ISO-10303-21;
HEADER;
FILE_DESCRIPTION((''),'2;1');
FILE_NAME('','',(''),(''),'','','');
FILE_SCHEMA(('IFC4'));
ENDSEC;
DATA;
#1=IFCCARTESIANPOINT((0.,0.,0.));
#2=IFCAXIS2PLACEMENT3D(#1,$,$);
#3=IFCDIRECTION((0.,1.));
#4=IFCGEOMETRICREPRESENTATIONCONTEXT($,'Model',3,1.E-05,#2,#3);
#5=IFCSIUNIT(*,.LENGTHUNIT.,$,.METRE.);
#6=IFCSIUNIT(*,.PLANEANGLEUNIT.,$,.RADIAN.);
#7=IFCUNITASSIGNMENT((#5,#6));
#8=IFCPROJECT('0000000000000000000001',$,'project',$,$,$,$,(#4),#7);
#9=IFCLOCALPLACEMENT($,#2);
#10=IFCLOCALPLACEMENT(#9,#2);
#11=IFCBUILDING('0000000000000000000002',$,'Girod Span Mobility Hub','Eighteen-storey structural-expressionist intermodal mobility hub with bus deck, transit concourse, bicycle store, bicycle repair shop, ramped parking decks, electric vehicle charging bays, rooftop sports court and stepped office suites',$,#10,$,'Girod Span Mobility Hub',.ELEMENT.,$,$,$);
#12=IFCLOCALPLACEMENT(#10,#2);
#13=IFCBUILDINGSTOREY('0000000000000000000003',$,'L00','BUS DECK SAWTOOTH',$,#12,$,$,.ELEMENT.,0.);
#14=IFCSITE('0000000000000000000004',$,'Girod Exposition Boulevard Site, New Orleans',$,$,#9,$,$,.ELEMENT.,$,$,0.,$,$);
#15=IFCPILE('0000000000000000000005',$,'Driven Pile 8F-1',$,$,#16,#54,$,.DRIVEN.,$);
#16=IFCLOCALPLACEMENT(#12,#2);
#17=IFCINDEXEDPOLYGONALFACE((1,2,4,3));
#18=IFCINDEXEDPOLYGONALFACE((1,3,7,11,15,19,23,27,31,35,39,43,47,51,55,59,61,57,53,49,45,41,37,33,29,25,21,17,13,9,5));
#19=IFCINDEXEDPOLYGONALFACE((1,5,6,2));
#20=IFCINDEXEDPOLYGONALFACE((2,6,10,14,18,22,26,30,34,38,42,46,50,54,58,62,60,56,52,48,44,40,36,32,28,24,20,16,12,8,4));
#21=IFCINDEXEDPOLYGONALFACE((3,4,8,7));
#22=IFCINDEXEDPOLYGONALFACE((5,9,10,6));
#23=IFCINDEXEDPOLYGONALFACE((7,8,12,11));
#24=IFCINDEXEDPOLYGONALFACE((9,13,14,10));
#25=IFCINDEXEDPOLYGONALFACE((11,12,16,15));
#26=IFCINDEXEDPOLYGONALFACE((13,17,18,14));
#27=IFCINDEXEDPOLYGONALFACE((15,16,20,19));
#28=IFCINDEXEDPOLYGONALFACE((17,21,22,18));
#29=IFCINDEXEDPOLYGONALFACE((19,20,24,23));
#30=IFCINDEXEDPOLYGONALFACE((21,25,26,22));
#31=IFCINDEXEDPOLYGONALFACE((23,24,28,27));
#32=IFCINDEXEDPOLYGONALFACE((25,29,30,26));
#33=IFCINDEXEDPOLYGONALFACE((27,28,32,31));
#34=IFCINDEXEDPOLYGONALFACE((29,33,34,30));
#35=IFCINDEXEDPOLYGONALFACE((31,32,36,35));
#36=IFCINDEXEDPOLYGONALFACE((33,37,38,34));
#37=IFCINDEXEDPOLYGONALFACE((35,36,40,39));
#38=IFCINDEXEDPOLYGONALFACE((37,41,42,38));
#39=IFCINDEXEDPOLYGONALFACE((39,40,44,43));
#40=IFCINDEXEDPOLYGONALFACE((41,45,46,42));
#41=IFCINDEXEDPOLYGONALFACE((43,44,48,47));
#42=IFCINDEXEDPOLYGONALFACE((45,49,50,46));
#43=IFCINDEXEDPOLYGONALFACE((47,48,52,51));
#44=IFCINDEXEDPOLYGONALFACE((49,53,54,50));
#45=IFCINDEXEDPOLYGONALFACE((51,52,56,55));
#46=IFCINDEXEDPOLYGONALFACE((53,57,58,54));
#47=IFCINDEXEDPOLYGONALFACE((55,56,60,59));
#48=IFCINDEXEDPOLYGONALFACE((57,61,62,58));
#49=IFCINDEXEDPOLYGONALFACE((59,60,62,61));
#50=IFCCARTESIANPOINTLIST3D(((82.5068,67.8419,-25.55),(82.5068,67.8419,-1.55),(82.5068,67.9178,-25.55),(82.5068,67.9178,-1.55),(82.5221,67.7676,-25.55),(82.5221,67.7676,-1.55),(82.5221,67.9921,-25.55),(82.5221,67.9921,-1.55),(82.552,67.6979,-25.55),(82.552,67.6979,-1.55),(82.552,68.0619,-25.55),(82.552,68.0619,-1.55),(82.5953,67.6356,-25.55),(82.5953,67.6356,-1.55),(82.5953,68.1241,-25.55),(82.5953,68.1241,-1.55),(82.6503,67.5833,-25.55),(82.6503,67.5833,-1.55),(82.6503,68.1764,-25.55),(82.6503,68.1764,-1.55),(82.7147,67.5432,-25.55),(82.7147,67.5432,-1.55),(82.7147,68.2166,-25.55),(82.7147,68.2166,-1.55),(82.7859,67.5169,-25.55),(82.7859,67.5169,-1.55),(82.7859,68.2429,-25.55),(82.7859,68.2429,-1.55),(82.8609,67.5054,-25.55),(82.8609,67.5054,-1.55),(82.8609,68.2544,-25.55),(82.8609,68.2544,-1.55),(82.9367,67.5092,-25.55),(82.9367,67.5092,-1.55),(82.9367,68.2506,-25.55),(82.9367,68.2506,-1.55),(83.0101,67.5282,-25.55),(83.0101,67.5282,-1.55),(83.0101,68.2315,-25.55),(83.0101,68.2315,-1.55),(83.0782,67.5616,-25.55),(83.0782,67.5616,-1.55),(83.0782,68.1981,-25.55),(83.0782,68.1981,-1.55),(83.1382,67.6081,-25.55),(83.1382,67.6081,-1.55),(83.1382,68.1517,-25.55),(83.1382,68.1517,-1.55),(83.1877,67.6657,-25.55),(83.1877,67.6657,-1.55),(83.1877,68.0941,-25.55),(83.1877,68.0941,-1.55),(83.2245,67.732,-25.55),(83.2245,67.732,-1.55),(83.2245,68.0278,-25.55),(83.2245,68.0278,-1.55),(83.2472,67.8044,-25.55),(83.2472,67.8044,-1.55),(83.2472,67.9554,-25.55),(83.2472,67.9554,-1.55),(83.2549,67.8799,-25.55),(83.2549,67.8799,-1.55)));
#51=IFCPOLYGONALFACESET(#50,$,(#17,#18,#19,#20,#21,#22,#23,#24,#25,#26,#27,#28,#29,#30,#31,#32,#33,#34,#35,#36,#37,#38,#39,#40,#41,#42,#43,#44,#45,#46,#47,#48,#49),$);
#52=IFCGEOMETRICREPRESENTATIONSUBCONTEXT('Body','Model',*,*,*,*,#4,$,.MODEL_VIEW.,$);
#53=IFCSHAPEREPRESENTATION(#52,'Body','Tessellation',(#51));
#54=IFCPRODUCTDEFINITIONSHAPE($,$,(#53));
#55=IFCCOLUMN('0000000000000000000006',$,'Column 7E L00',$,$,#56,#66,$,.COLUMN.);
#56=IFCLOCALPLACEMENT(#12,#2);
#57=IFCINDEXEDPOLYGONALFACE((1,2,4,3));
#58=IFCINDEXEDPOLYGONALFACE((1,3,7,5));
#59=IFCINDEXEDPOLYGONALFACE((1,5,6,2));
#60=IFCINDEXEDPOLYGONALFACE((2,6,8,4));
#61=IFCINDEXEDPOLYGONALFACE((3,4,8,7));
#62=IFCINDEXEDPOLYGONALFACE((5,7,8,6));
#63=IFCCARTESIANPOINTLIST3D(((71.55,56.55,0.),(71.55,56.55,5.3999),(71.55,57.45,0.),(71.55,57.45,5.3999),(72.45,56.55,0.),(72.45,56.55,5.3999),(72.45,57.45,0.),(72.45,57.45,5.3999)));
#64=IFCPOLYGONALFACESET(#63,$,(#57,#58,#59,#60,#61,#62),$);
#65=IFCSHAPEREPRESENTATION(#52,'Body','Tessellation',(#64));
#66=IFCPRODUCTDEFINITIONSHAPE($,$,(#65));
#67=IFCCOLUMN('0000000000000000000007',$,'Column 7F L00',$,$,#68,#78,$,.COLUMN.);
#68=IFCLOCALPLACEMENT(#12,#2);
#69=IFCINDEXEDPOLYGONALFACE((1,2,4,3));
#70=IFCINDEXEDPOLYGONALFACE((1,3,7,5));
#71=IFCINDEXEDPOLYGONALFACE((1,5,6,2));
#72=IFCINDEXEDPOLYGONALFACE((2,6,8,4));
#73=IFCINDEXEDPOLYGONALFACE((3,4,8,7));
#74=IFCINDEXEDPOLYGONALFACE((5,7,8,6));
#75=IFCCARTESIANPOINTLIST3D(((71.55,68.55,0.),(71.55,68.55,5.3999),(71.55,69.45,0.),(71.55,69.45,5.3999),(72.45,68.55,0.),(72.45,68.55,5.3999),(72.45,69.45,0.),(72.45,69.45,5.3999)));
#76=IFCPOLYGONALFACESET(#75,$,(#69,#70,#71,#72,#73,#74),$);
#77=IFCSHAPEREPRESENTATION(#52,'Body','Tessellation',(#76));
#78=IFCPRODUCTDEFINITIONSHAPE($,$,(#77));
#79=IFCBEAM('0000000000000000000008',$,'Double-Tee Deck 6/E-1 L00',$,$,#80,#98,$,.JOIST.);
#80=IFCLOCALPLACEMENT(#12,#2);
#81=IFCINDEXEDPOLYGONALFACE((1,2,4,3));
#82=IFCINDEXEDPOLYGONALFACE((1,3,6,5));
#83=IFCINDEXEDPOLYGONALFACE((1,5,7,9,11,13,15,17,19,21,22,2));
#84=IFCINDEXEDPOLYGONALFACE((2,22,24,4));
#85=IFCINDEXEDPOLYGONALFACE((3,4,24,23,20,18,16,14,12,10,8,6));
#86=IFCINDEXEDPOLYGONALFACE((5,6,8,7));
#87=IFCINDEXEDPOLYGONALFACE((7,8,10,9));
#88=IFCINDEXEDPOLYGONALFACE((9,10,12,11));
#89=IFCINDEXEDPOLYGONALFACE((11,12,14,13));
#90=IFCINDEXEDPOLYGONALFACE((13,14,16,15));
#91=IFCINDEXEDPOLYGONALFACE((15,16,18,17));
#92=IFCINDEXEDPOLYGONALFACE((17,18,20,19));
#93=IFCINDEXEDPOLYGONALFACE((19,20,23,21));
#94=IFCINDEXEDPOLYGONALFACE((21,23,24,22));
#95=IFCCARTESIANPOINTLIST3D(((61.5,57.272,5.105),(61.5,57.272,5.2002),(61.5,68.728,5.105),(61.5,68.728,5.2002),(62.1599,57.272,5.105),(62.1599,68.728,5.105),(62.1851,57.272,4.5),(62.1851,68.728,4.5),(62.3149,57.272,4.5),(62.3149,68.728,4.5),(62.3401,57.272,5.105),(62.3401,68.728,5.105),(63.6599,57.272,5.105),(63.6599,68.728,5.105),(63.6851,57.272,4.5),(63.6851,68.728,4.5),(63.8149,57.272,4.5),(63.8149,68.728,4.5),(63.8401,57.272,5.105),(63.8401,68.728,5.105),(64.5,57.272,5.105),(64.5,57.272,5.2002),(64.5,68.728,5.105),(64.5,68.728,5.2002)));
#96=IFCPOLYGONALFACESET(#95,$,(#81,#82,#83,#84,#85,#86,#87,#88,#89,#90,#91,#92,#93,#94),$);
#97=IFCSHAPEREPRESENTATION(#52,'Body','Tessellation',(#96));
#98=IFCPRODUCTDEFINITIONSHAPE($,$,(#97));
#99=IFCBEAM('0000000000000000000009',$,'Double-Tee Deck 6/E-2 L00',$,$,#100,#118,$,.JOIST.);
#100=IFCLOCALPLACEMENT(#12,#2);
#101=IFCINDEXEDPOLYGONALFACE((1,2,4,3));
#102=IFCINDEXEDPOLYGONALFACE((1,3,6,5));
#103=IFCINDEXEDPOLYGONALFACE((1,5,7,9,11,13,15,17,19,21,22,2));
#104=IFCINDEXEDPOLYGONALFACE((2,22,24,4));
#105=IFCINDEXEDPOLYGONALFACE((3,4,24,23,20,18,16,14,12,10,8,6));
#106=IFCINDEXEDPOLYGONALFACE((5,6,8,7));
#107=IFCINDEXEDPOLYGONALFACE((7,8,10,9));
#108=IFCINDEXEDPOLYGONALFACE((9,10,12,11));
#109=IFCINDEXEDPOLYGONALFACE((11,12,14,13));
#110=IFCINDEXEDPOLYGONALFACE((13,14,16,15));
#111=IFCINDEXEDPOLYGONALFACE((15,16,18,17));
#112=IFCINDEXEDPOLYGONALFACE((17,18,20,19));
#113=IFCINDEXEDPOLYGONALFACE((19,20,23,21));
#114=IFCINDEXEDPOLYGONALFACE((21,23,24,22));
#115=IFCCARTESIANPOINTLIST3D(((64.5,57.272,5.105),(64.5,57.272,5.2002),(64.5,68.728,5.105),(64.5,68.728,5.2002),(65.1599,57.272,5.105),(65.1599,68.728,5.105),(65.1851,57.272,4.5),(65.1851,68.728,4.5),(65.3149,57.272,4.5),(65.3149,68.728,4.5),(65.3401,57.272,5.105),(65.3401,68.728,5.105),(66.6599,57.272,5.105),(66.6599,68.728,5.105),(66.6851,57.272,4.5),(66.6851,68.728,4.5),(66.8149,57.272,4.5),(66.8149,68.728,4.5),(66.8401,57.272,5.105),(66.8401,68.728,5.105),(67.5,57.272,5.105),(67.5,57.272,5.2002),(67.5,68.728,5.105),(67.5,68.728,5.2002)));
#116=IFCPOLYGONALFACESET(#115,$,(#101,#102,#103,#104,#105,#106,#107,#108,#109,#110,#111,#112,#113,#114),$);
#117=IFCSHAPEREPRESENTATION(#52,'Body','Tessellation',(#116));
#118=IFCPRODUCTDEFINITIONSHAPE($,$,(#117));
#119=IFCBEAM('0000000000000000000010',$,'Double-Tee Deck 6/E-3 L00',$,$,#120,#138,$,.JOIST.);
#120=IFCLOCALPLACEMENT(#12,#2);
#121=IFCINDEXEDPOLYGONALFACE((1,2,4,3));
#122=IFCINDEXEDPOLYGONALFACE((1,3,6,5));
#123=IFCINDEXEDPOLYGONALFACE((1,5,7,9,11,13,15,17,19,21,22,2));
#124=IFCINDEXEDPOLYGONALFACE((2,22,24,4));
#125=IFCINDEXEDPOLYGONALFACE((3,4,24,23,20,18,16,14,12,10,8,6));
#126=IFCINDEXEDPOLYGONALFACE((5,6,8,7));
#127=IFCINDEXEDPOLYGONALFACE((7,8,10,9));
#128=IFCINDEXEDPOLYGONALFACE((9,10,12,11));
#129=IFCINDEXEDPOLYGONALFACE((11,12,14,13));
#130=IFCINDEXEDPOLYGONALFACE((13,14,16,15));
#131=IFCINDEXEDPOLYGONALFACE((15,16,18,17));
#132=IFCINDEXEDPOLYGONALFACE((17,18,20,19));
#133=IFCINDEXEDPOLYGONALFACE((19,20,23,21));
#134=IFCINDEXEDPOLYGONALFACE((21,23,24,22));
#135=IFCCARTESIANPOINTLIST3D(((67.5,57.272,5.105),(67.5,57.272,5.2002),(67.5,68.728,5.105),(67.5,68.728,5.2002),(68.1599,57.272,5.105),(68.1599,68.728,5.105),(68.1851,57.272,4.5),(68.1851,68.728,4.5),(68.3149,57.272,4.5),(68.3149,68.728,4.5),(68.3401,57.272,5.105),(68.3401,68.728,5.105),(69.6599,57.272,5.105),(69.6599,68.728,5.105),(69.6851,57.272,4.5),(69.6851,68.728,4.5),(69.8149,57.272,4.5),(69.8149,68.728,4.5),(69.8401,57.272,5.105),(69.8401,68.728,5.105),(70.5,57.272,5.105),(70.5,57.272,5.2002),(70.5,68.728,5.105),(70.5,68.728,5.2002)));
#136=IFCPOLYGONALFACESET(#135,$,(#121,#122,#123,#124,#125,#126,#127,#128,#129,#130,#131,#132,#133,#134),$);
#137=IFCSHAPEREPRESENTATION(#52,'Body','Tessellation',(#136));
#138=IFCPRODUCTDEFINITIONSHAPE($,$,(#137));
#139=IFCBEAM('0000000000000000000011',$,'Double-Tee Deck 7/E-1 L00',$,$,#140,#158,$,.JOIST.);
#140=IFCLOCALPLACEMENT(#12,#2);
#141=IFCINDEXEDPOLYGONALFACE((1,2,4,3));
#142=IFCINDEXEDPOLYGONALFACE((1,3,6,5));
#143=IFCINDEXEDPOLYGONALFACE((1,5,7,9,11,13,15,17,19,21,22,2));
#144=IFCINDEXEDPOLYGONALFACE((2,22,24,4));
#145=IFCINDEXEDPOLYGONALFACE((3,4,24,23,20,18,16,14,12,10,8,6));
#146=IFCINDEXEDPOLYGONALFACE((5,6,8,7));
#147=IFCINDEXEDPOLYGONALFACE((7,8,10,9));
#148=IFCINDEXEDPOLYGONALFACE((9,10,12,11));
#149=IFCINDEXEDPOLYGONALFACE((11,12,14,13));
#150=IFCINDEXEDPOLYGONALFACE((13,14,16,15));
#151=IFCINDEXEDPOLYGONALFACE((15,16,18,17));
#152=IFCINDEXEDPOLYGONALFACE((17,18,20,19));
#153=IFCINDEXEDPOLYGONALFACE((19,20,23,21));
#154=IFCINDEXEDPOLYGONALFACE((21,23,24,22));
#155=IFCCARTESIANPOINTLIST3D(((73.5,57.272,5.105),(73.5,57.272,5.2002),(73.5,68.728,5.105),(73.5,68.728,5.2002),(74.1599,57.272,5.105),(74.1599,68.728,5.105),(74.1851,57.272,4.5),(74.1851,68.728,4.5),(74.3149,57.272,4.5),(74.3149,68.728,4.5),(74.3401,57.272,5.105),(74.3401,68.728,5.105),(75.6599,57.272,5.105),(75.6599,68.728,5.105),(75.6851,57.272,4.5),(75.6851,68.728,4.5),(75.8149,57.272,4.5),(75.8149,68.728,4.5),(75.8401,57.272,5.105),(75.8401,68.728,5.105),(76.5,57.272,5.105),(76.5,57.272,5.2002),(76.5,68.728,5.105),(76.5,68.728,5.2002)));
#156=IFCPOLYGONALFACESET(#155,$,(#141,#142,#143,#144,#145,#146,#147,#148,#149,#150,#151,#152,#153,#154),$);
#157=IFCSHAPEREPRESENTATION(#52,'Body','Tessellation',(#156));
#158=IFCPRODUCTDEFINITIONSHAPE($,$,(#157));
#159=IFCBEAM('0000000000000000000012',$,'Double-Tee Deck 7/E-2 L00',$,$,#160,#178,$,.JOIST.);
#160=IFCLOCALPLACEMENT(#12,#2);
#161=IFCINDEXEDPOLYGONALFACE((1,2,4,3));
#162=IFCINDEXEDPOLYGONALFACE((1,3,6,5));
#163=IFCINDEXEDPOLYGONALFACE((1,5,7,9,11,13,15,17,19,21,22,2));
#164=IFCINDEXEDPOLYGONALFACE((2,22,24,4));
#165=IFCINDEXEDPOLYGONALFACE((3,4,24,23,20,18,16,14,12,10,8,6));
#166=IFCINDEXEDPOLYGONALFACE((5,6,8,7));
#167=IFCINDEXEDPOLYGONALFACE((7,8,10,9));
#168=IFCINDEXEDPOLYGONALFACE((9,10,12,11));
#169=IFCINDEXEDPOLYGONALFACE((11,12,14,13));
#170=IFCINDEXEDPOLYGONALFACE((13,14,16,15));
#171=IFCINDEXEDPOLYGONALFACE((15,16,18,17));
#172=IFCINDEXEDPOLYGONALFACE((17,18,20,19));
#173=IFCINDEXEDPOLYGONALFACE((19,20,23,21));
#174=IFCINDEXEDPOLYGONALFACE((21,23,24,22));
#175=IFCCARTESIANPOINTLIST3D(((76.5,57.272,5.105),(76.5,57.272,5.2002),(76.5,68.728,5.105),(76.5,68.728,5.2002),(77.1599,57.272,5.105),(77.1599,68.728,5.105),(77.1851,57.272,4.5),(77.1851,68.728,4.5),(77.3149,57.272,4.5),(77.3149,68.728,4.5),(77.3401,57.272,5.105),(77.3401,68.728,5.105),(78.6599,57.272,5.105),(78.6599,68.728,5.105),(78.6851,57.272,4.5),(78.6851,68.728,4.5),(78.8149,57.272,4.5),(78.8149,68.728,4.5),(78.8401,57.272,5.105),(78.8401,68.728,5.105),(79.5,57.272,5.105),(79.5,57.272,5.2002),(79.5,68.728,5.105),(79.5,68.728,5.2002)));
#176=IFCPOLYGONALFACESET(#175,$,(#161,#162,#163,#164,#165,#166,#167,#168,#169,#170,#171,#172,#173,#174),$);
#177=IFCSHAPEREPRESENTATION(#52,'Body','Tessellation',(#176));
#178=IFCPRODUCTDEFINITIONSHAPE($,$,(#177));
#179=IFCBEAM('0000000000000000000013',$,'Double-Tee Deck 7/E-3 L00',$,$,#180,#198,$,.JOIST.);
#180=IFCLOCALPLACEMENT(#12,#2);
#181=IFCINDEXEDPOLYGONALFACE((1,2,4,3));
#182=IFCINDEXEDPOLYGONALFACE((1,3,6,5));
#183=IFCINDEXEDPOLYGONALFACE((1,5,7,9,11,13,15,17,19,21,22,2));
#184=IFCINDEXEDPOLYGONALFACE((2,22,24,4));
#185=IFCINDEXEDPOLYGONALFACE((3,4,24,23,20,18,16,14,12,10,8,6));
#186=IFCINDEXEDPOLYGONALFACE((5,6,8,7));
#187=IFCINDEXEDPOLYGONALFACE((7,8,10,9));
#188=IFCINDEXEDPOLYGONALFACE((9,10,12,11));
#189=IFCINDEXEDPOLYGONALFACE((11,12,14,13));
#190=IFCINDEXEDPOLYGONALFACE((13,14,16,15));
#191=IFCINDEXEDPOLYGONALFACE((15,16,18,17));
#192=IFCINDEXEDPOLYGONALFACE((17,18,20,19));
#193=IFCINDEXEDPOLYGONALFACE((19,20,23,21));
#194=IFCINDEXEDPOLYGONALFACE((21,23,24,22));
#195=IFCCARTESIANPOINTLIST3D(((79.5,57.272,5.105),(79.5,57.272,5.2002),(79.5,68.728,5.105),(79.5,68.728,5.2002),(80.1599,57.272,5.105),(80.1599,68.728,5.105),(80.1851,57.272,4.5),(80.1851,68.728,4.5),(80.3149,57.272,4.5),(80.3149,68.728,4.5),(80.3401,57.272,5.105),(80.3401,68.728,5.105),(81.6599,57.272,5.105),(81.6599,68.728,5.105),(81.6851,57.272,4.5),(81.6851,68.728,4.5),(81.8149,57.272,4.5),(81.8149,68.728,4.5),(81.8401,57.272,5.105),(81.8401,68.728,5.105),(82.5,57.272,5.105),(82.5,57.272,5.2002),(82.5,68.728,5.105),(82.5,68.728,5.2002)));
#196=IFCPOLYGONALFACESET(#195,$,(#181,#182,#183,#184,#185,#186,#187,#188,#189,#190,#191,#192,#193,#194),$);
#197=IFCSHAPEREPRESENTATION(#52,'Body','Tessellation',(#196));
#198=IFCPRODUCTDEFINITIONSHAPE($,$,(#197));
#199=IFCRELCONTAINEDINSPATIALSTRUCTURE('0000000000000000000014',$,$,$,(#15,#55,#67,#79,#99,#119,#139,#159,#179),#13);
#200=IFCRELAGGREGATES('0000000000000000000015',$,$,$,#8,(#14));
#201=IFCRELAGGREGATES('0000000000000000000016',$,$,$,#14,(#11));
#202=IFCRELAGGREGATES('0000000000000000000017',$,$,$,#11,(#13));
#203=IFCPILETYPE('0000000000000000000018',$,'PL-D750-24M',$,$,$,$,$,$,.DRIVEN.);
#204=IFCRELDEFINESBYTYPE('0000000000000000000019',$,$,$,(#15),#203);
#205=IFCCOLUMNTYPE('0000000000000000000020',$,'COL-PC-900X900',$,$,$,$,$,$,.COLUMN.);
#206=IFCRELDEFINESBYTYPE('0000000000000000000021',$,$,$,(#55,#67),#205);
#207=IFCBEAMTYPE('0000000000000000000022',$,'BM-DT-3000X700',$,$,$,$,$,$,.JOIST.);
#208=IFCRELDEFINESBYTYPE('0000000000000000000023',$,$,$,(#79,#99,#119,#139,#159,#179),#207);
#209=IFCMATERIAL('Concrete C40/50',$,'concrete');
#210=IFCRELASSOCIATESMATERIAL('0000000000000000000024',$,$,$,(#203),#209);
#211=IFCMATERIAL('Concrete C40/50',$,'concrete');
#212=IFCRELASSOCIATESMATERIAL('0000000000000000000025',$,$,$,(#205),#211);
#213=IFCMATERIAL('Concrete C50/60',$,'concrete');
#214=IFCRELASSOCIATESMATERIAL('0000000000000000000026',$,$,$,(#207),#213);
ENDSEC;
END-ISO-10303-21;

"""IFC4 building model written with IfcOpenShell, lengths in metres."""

from ifc_helpers import new_model, si_unit, direction, frame, origin, origin_2d, place, context, subcontext, project, spatial, polyline, rectangle, circle, outline, extrude, material, material_profile, profile_set, type_object, element, save


model = new_model("IFC4")

# Units and contexts
model_context = context("Model", 3, precision=1e-05, world=origin(), true_north=direction((0.0, 1.0)))
body_context = subcontext(model_context, "Body", "Model", "MODEL_VIEW")
ifc_project = project(units=[si_unit("LENGTHUNIT", "METRE"), si_unit("PLANEANGLEUNIT", "RADIAN")], contexts=[model_context])

# Site, building, storey
site_placement = place(None, origin())
site = spatial("IfcSite", under=ifc_project, at=site_placement, Name="Girod Exposition Boulevard Site, New Orleans", CompositionType="ELEMENT", RefElevation=0.0)
building_placement = place(site_placement, origin())
building = spatial("IfcBuilding", under=site, at=building_placement, Name="Girod Span Mobility Hub", Description="Eighteen-storey structural-expressionist intermodal mobility hub with bus deck, transit concourse, bicycle store, bicycle repair shop, ramped parking decks, electric vehicle charging bays, rooftop sports court and stepped office suites", LongName="Girod Span Mobility Hub", CompositionType="ELEMENT")
storey_placement = place(building_placement, origin())
storey = spatial("IfcBuildingStorey", under=building, at=storey_placement, Name="L00", Description="BUS DECK SAWTOOTH", CompositionType="ELEMENT", Elevation=0.0)

# Pile
ifc_material_1 = material(Name="Concrete C40/50", Category="concrete")
ifc_material_profile_1 = material_profile(ifc_material_1, circle(Radius=0.375, at=origin_2d()), Name="PILE-D750")
ifc_profile_set_1 = profile_set([ifc_material_profile_1], Name="Concrete C40/50")
pile_type = type_object("IfcPileType", Name="PL-D750-24M", PredefinedType="DRIVEN", material=ifc_profile_set_1)
for number, where, z_axis, x_axis, name in (
    (1, (82.8799, 67.8799, -1.55), (0.0, 0.0, -1.0), (1.0, 0.0, 0.0), "Driven Pile 8F-1"),
):
    element("IfcPile", number, at=place(storey_placement, frame(where, z_axis=z_axis, x_axis=x_axis)), inside=storey, type_object=pile_type, Name=name, PredefinedType="DRIVEN", context=body_context, shape_type="SweptSolid", body=[
        extrude(circle(Radius=0.375, at=origin_2d()), origin(), (0.0, 0.0, 1.0), 24.0),
    ])

# Columns
ifc_material_2 = material(Name="Concrete C40/50", Category="concrete")
ifc_material_profile_2 = material_profile(ifc_material_2, rectangle(XDim=0.8999, YDim=0.8999, at=origin_2d()), Name="PC-COL-900X900")
ifc_profile_set_2 = profile_set([ifc_material_profile_2], Name="Concrete C40/50")
column_type = type_object("IfcColumnType", Name="COL-PC-900X900", PredefinedType="COLUMN", material=ifc_profile_set_2)
for number, where, z_axis, x_axis, name in (
    (2, (72.0, 57.0, 0.0), (0.0, 0.0, 1.0), (1.0, 0.0, 0.0), "Column 7E L00"),
    (3, (72.0, 69.0, 0.0), (0.0, 0.0, 1.0), (1.0, 0.0, 0.0), "Column 7F L00"),
):
    element("IfcColumn", number, at=place(storey_placement, frame(where, z_axis=z_axis, x_axis=x_axis)), inside=storey, type_object=column_type, Name=name, PredefinedType="COLUMN", context=body_context, shape_type="SweptSolid", body=[
        extrude(rectangle(XDim=0.8999, YDim=0.8999, at=origin_2d()), origin(), (0.0, 0.0, 1.0), 5.3999),
    ])

# Beams
ifc_material_3 = material(Name="Concrete C50/60", Category="concrete")
ifc_material_profile_3 = material_profile(ifc_material_3, outline(polyline([(-1.5, 0.3501), (-1.5, 0.2549), (-0.8401, 0.2549), (-0.8149, -0.3501), (-0.6851, -0.3501), (-0.6599, 0.2549), (0.6599, 0.2549), (0.6851, -0.3501), (0.8149, -0.3501), (0.8401, 0.2549), (1.5, 0.2549), (1.5, 0.3501), (-1.5, 0.3501)])), Name="DT-3000X700")
ifc_profile_set_3 = profile_set([ifc_material_profile_3], Name="Concrete C50/60")
beam_type_1 = type_object("IfcBeamType", Name="BM-DT-3000X700", PredefinedType="JOIST", material=ifc_profile_set_3)
for number, where, z_axis, x_axis, name in (
    (4, (63.0, 57.272, 4.8501), (0.0, 1.0, 0.0), (-1.0, 0.0, 0.0), "Double-Tee Deck 6/E-1 L00"),
    (5, (66.0, 57.272, 4.8501), (0.0, 1.0, 0.0), (-1.0, 0.0, 0.0), "Double-Tee Deck 6/E-2 L00"),
    (6, (69.0, 57.272, 4.8501), (0.0, 1.0, 0.0), (-1.0, 0.0, 0.0), "Double-Tee Deck 6/E-3 L00"),
    (7, (75.0, 57.272, 4.8501), (0.0, 1.0, 0.0), (-1.0, 0.0, 0.0), "Double-Tee Deck 7/E-1 L00"),
    (8, (78.0, 57.272, 4.8501), (0.0, 1.0, 0.0), (-1.0, 0.0, 0.0), "Double-Tee Deck 7/E-2 L00"),
    (9, (81.0, 57.272, 4.8501), (0.0, 1.0, 0.0), (-1.0, 0.0, 0.0), "Double-Tee Deck 7/E-3 L00"),
):
    element("IfcBeam", number, at=place(storey_placement, frame(where, z_axis=z_axis, x_axis=x_axis)), inside=storey, type_object=beam_type_1, Name=name, PredefinedType="JOIST", context=body_context, shape_type="SweptSolid", body=[
        extrude(outline(polyline([(-1.5, 0.3501), (-1.5, 0.2549), (-0.8401, 0.2549), (-0.8149, -0.3501), (-0.6851, -0.3501), (-0.6599, 0.2549), (0.6599, 0.2549), (0.6851, -0.3501), (0.8149, -0.3501), (0.8401, 0.2549), (1.5, 0.2549), (1.5, 0.3501), (-1.5, 0.3501)])), origin(), (0.0, 0.0, 1.0), 11.4561),
    ])

save(model, "model.ifc")
